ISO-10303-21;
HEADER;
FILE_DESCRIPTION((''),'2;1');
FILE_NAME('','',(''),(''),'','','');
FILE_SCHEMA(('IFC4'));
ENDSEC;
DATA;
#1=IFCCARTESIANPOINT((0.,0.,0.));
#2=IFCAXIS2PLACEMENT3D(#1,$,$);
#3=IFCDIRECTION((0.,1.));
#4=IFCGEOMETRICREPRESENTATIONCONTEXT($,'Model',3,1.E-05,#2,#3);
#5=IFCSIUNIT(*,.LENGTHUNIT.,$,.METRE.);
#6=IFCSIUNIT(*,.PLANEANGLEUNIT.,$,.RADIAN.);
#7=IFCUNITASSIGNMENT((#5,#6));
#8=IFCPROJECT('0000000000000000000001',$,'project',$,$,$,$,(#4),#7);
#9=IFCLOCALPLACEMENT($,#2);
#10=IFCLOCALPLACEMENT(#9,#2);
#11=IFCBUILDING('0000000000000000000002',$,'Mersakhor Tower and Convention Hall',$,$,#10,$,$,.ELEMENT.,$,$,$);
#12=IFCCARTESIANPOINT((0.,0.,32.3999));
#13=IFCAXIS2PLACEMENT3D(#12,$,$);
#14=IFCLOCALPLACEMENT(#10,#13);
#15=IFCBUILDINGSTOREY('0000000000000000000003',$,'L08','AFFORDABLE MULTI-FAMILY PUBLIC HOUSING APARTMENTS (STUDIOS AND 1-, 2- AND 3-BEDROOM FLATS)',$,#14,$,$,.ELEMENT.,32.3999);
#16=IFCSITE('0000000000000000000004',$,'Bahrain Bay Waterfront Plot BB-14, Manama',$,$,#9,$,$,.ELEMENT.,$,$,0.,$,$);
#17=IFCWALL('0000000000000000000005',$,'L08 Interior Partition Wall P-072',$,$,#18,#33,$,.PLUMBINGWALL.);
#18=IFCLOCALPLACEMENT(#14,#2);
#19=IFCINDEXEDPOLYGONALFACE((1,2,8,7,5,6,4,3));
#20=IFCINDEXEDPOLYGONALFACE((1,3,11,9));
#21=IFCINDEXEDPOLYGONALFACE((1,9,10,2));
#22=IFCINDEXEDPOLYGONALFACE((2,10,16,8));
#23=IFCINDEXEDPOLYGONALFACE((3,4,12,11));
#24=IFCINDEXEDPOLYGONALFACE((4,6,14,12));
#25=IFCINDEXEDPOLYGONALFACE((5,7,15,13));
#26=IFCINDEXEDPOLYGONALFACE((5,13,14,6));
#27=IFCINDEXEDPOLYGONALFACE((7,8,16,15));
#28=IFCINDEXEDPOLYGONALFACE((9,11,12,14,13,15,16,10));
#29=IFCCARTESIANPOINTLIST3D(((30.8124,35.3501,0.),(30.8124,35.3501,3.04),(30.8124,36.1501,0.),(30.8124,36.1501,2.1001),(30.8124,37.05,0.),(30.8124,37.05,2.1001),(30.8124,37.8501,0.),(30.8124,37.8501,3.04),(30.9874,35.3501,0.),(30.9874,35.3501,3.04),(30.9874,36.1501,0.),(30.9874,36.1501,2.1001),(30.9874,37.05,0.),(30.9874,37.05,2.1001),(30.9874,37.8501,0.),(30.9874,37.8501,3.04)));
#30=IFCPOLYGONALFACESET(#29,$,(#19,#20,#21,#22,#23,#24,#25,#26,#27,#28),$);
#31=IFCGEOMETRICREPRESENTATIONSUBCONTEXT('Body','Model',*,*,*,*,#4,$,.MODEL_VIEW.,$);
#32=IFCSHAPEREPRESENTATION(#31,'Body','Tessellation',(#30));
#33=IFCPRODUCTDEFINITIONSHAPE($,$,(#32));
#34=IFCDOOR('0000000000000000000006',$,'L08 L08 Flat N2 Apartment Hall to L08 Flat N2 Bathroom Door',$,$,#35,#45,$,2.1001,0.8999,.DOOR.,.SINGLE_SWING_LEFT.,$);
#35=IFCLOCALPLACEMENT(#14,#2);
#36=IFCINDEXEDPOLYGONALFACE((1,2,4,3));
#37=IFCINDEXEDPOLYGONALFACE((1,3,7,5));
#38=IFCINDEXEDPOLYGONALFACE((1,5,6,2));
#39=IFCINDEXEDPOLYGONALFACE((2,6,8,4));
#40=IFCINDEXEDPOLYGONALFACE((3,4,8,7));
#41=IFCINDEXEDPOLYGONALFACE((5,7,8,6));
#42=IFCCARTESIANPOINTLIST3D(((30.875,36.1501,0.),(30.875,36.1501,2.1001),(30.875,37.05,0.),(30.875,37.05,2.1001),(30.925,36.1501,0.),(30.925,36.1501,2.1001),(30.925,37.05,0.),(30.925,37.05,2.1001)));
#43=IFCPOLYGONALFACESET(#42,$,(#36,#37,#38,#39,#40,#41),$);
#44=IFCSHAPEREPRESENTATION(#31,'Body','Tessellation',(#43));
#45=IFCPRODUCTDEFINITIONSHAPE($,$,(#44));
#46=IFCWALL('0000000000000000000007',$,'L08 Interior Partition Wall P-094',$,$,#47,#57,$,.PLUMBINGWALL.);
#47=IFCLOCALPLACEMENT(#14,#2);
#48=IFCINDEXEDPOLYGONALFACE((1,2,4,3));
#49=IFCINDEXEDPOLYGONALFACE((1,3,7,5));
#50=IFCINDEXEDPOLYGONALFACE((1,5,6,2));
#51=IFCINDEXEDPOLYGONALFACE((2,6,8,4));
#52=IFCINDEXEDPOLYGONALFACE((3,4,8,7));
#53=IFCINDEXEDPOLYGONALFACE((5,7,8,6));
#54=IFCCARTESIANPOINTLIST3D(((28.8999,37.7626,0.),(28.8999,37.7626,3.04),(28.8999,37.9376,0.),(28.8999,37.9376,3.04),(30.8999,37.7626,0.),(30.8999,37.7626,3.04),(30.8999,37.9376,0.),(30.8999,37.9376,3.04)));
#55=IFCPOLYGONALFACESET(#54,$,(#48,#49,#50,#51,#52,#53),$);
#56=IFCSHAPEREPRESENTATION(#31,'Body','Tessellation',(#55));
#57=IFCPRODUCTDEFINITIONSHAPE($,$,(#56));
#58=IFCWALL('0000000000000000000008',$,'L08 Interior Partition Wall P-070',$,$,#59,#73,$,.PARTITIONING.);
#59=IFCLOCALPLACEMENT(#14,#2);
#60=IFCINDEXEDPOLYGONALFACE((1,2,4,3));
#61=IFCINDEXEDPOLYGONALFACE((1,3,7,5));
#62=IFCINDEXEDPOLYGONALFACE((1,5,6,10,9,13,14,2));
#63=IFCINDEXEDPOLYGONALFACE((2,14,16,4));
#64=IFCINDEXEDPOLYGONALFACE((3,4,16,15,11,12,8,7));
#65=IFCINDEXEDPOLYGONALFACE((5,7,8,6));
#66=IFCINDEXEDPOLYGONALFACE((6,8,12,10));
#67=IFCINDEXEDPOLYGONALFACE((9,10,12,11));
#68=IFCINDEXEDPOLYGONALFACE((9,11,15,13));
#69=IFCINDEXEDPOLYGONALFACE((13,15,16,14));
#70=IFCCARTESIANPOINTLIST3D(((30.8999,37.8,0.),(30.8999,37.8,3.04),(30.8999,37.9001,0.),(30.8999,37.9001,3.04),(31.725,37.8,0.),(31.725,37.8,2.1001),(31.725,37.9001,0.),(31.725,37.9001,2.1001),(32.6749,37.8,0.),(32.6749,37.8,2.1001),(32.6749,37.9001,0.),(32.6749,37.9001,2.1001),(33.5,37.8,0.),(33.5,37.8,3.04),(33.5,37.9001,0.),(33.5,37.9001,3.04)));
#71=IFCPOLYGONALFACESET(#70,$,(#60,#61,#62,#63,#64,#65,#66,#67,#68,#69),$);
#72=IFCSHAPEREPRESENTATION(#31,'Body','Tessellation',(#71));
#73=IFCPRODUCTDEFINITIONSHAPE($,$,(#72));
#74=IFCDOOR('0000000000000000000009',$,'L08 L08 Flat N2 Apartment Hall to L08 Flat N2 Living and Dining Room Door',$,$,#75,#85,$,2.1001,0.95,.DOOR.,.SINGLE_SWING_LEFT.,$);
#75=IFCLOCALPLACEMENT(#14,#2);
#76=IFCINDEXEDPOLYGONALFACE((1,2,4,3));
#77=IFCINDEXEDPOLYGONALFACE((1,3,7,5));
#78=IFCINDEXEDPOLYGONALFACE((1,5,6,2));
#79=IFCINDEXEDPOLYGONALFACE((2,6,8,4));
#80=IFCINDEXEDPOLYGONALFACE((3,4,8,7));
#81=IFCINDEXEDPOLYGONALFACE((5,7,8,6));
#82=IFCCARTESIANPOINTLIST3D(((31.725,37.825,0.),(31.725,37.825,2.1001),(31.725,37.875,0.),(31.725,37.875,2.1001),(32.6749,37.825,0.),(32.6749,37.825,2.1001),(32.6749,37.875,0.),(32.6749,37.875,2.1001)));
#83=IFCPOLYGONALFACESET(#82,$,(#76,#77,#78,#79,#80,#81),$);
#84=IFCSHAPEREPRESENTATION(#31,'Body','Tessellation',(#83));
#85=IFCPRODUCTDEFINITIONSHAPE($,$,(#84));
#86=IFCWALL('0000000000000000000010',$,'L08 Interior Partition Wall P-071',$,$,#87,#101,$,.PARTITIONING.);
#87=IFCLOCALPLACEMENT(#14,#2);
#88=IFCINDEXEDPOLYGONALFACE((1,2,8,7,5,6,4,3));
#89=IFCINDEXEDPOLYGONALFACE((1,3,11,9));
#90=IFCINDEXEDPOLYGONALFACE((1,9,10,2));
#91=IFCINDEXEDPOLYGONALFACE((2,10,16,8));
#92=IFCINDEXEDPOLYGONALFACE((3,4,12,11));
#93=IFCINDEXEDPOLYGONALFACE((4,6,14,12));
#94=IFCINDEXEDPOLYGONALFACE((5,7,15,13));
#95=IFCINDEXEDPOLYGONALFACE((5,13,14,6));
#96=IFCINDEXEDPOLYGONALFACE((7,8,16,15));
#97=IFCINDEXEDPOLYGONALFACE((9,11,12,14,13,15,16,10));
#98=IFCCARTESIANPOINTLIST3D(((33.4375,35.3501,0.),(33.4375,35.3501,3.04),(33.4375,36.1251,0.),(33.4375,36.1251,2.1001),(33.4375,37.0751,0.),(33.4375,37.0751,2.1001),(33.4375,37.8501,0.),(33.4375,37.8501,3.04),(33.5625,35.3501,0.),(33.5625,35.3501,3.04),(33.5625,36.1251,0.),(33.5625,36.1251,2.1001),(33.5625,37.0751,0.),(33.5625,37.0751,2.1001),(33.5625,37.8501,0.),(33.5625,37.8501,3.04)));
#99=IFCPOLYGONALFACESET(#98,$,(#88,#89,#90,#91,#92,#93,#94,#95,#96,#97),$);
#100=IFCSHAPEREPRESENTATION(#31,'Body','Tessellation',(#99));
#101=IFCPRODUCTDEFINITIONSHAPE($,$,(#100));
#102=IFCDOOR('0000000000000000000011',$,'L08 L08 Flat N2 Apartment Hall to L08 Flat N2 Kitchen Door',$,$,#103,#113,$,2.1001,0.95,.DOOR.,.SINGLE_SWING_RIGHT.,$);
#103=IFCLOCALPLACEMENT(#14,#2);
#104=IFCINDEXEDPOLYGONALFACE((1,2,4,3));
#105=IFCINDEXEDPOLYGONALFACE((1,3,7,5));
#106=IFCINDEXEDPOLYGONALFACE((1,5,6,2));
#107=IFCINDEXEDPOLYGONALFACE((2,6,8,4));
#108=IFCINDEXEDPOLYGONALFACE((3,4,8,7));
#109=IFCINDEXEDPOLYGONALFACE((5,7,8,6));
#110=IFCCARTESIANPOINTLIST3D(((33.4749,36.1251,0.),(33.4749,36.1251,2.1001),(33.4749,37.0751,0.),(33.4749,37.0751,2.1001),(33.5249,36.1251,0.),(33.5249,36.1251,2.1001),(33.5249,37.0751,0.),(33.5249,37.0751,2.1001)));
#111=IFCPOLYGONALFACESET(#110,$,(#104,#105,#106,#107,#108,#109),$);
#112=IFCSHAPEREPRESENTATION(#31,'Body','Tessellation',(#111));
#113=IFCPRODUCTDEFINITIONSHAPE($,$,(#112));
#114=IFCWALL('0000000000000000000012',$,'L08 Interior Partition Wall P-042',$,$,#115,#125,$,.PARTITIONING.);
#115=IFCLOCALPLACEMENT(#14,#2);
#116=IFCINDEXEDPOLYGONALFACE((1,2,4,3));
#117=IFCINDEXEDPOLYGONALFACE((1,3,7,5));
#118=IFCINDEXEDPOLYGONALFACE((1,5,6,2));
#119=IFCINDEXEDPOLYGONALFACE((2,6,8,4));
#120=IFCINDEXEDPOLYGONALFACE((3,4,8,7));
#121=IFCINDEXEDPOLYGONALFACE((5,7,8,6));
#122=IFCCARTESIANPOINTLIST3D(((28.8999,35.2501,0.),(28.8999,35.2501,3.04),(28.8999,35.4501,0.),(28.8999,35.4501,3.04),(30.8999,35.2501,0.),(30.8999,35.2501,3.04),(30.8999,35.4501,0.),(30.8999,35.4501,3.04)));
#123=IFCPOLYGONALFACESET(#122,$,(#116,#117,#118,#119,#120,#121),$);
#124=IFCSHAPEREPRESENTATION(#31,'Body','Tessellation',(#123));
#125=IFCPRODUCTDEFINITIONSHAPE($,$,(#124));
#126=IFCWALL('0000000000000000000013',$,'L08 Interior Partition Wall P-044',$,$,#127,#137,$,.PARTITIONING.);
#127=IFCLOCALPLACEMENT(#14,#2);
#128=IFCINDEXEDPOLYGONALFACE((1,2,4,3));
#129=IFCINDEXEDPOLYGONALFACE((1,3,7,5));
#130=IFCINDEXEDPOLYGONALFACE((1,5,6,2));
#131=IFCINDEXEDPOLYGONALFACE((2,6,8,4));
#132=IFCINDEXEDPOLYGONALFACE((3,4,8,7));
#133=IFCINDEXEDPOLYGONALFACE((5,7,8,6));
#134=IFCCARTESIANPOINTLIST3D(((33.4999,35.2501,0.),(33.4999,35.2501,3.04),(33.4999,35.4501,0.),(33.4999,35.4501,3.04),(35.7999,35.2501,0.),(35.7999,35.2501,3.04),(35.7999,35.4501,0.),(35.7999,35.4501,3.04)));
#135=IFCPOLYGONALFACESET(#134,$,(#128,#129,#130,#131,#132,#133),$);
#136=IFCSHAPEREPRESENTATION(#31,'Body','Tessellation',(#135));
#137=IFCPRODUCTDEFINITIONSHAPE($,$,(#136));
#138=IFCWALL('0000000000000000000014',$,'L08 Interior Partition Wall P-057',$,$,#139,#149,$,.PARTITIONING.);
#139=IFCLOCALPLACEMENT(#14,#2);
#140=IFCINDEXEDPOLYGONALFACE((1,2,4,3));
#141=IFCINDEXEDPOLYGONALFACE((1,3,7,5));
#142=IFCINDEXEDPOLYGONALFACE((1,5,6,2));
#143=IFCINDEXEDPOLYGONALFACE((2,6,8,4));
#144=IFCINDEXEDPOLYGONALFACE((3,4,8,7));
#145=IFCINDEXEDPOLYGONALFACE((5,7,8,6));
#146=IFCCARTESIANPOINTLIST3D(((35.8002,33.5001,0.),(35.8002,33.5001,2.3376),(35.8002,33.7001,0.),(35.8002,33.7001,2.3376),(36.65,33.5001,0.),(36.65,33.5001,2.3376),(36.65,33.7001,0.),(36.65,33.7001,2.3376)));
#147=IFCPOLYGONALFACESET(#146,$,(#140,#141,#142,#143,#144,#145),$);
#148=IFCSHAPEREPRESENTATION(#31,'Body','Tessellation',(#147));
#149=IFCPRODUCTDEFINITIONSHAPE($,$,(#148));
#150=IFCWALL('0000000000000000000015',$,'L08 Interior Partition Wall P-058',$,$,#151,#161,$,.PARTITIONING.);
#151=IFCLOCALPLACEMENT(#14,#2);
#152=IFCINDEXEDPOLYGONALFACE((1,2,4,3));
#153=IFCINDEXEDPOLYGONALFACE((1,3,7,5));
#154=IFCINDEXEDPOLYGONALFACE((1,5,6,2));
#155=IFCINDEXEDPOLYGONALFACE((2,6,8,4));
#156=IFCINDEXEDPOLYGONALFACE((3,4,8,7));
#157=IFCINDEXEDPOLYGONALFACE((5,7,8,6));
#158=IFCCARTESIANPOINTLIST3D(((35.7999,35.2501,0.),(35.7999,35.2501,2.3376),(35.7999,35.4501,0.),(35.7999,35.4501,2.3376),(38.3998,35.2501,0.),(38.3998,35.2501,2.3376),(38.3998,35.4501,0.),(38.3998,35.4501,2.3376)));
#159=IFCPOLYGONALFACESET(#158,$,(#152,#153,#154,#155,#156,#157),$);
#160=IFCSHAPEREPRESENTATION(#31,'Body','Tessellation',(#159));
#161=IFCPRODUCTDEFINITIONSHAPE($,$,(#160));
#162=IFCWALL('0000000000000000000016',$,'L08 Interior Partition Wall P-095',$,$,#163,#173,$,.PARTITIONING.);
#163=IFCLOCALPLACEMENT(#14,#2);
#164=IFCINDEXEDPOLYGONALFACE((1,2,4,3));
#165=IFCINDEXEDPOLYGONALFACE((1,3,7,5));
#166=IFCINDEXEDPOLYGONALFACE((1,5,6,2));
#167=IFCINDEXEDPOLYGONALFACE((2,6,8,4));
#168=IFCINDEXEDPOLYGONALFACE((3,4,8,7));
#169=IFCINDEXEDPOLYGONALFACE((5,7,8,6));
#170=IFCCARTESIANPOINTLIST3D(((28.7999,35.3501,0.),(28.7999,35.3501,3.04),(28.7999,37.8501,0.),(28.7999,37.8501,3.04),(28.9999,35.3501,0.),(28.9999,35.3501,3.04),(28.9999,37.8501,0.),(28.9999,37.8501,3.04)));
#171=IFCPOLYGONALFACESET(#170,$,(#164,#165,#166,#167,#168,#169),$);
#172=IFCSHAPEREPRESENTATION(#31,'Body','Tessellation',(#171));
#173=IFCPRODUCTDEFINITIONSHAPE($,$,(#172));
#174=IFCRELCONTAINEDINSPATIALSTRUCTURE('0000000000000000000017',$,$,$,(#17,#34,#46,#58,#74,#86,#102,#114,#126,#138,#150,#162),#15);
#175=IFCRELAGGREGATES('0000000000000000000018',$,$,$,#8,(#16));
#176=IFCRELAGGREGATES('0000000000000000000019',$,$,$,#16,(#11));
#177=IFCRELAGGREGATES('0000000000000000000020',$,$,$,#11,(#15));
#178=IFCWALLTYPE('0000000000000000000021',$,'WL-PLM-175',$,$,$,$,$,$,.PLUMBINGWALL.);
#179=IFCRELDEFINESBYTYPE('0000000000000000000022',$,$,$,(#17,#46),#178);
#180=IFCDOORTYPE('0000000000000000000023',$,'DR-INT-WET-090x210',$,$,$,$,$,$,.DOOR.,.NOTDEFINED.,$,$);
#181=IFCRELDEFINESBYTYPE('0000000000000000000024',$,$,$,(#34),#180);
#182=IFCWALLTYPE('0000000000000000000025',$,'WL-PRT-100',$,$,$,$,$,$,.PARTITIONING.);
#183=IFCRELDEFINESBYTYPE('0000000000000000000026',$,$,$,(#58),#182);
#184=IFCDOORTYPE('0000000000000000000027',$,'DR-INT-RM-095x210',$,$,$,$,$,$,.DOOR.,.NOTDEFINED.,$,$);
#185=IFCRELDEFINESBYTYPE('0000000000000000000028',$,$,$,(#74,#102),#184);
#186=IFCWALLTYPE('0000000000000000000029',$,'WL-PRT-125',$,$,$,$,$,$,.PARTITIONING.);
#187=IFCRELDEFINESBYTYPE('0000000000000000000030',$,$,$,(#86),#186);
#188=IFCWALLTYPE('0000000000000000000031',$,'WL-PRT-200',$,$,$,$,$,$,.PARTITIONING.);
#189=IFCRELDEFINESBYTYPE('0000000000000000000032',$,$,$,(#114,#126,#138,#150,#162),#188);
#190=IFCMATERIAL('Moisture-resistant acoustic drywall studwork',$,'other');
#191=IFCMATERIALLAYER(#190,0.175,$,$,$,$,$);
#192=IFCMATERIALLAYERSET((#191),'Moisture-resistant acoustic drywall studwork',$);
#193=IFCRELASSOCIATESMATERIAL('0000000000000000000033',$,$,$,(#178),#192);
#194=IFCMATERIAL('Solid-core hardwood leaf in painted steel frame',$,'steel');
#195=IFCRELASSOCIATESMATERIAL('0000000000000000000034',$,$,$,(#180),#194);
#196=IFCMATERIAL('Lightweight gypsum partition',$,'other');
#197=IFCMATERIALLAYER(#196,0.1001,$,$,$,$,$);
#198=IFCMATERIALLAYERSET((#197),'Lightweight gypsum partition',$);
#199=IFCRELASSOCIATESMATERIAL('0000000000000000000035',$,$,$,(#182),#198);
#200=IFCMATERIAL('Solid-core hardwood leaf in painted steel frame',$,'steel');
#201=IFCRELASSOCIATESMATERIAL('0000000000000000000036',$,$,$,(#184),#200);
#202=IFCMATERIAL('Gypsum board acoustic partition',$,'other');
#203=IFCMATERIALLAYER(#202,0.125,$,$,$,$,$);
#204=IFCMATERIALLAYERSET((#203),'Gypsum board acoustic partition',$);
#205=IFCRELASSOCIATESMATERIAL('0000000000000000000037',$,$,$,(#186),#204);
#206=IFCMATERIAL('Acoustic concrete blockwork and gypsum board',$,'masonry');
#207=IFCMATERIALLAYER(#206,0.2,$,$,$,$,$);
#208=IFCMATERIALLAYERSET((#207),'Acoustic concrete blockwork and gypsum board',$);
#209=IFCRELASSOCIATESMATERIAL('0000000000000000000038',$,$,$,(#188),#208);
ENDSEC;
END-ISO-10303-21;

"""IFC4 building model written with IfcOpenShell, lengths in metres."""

from ifc_helpers import new_model, si_unit, direction, frame, frame_2d, origin, place, context, subcontext, project, spatial, rectangle, extrude, material, layer, layer_set, type_object, element, fill, save


model = new_model("IFC4")

# Units and contexts
model_context = context("Model", 3, precision=1e-05, world=origin(), true_north=direction((0.0, 1.0)))
body_context = subcontext(model_context, "Body", "Model", "MODEL_VIEW")
ifc_project = project(units=[si_unit("LENGTHUNIT", "METRE"), si_unit("PLANEANGLEUNIT", "RADIAN")], contexts=[model_context])

# Site, building, storey
site_placement = place(None, origin())
site = spatial("IfcSite", under=ifc_project, at=site_placement, Name="Bahrain Bay Waterfront Plot BB-14, Manama", CompositionType="ELEMENT", RefElevation=0.0)
building_placement = place(site_placement, origin())
building = spatial("IfcBuilding", under=site, at=building_placement, Name="Mersakhor Tower and Convention Hall", CompositionType="ELEMENT")
storey_placement = place(building_placement, frame((0.0, 0.0, 32.3999)))
storey = spatial("IfcBuildingStorey", under=building, at=storey_placement, Name="L08", Description="AFFORDABLE MULTI-FAMILY PUBLIC HOUSING APARTMENTS (STUDIOS AND 1-, 2- AND 3-BEDROOM FLATS)", CompositionType="ELEMENT", Elevation=32.3999)

# Wall, opening, door
ifc_material_1 = material(Name="Moisture-resistant acoustic drywall studwork", Category="other")
ifc_layer_1 = layer(ifc_material_1, 0.175)
ifc_layer_set_1 = layer_set([ifc_layer_1], Name="Moisture-resistant acoustic drywall studwork")
wall_type_1 = type_object("IfcWallType", Name="WL-PLM-175", PredefinedType="PLUMBINGWALL", material=ifc_layer_set_1)
wall_1_placement = place(storey_placement, frame((30.8999, 35.3501, 0.0), z_axis=(0.0, 0.0, 1.0), x_axis=(0.0, 1.0, 0.0)))
wall_1 = element("IfcWall", 1, at=wall_1_placement, inside=storey, type_object=wall_type_1, Name="L08 Interior Partition Wall P-072", PredefinedType="PLUMBINGWALL", context=body_context, shape_type="SweptSolid", body=[
    extrude(rectangle(XDim=2.5, YDim=0.175, at=frame_2d((1.25, 0.0))), origin(), (0.0, 0.0, 1.0), 3.04),
])
opening_1_placement = place(wall_1_placement, frame((0.8, 0.0, 0.0)))
opening_1 = element("IfcOpeningElement", 2, at=opening_1_placement, cuts=wall_1, PredefinedType="OPENING", context=body_context, shape_type="SweptSolid", body=[
    extrude(rectangle(XDim=0.8999, YDim=2.1001, at=frame_2d((0.45, 1.05))), frame((0.0, 0.0974, 0.0), z_axis=(0.0, -1.0, 0.0), x_axis=(1.0, 0.0, 0.0)), (0.0, 0.0, 1.0), 0.1951),
])
ifc_material_2 = material(Name="Solid-core hardwood leaf in painted steel frame", Category="steel")
door_type_1 = type_object("IfcDoorType", Name="DR-INT-WET-090x210", OperationType="NOTDEFINED", PredefinedType="DOOR", material=ifc_material_2)
door_1_placement = place(opening_1_placement, origin())
door_1 = element("IfcDoor", 3, at=door_1_placement, inside=storey, type_object=door_type_1, Name="L08 L08 Flat N2 Apartment Hall to L08 Flat N2 Bathroom Door", OperationType="SINGLE_SWING_LEFT", OverallHeight=2.1001, OverallWidth=0.8999, PredefinedType="DOOR", context=body_context, shape_type="SweptSolid", body=[
    extrude(rectangle(XDim=0.8999, YDim=2.1001, at=frame_2d((0.45, 1.05))), frame((0.0, 0.0249, 0.0), z_axis=(0.0, -1.0, 0.0), x_axis=(1.0, 0.0, 0.0)), (0.0, 0.0, 1.0), 0.05),
])
fill(opening_1, door_1)

# Wall
wall_2_placement = place(storey_placement, frame((28.8999, 37.8501, 0.0), z_axis=(0.0, 0.0, 1.0), x_axis=(1.0, 0.0, 0.0)))
element("IfcWall", 4, at=wall_2_placement, inside=storey, type_object=wall_type_1, Name="L08 Interior Partition Wall P-094", PredefinedType="PLUMBINGWALL", context=body_context, shape_type="SweptSolid", body=[
    extrude(rectangle(XDim=2.0, YDim=0.175, at=frame_2d((1.0, 0.0))), origin(), (0.0, 0.0, 1.0), 3.04),
])

# Walls, openings, doors
ifc_material_3 = material(Name="Lightweight gypsum partition", Category="other")
ifc_layer_2 = layer(ifc_material_3, 0.1001)
ifc_layer_set_2 = layer_set([ifc_layer_2], Name="Lightweight gypsum partition")
wall_type_2 = type_object("IfcWallType", Name="WL-PRT-100", PredefinedType="PARTITIONING", material=ifc_layer_set_2)
wall_3_placement = place(storey_placement, frame((30.8999, 37.8501, 0.0), z_axis=(0.0, 0.0, 1.0), x_axis=(1.0, 0.0, 0.0)))
wall_3 = element("IfcWall", 5, at=wall_3_placement, inside=storey, type_object=wall_type_2, Name="L08 Interior Partition Wall P-070", PredefinedType="PARTITIONING", context=body_context, shape_type="SweptSolid", body=[
    extrude(rectangle(XDim=2.6001, YDim=0.1001, at=frame_2d((1.3, 0.0))), origin(), (0.0, 0.0, 1.0), 3.04),
])
opening_2_placement = place(wall_3_placement, frame((0.825, 0.0, 0.0)))
opening_2 = element("IfcOpeningElement", 6, at=opening_2_placement, cuts=wall_3, PredefinedType="OPENING", context=body_context, shape_type="SweptSolid", body=[
    extrude(rectangle(XDim=0.95, YDim=2.1001, at=frame_2d((0.4751, 1.05))), frame((0.0, 0.0601, 0.0), z_axis=(0.0, -1.0, 0.0), x_axis=(1.0, 0.0, 0.0)), (0.0, 0.0, 1.0), 0.1201),
])
ifc_material_4 = material(Name="Solid-core hardwood leaf in painted steel frame", Category="steel")
door_type_2 = type_object("IfcDoorType", Name="DR-INT-RM-095x210", OperationType="NOTDEFINED", PredefinedType="DOOR", material=ifc_material_4)
door_2_placement = place(opening_2_placement, origin())
door_2 = element("IfcDoor", 7, at=door_2_placement, inside=storey, type_object=door_type_2, Name="L08 L08 Flat N2 Apartment Hall to L08 Flat N2 Living and Dining Room Door", OperationType="SINGLE_SWING_LEFT", OverallHeight=2.1001, OverallWidth=0.95, PredefinedType="DOOR", context=body_context, shape_type="SweptSolid", body=[
    extrude(rectangle(XDim=0.95, YDim=2.1001, at=frame_2d((0.4751, 1.05))), frame((0.0, 0.0249, 0.0), z_axis=(0.0, -1.0, 0.0), x_axis=(1.0, 0.0, 0.0)), (0.0, 0.0, 1.0), 0.05),
])
fill(opening_2, door_2)
ifc_material_5 = material(Name="Gypsum board acoustic partition", Category="other")
ifc_layer_3 = layer(ifc_material_5, 0.125)
ifc_layer_set_3 = layer_set([ifc_layer_3], Name="Gypsum board acoustic partition")
wall_type_3 = type_object("IfcWallType", Name="WL-PRT-125", PredefinedType="PARTITIONING", material=ifc_layer_set_3)
wall_4_placement = place(storey_placement, frame((33.5, 37.8501, 0.0), z_axis=(0.0, 0.0, 1.0), x_axis=(0.0, -1.0, 0.0)))
wall_4 = element("IfcWall", 8, at=wall_4_placement, inside=storey, type_object=wall_type_3, Name="L08 Interior Partition Wall P-071", PredefinedType="PARTITIONING", context=body_context, shape_type="SweptSolid", body=[
    extrude(rectangle(XDim=2.5, YDim=0.125, at=frame_2d((1.25, 0.0))), origin(), (0.0, 0.0, 1.0), 3.04),
])
opening_3_placement = place(wall_4_placement, frame((0.7749, 0.0, 0.0)))
opening_3 = element("IfcOpeningElement", 9, at=opening_3_placement, cuts=wall_4, PredefinedType="OPENING", context=body_context, shape_type="SweptSolid", body=[
    extrude(rectangle(XDim=0.95, YDim=2.1001, at=frame_2d((0.4751, 1.05))), frame((0.0, 0.0725, 0.0), z_axis=(0.0, -1.0, 0.0), x_axis=(1.0, 0.0, 0.0)), (0.0, 0.0, 1.0), 0.145),
])
door_3_placement = place(opening_3_placement, origin())
door_3 = element("IfcDoor", 10, at=door_3_placement, inside=storey, type_object=door_type_2, Name="L08 L08 Flat N2 Apartment Hall to L08 Flat N2 Kitchen Door", OperationType="SINGLE_SWING_RIGHT", OverallHeight=2.1001, OverallWidth=0.95, PredefinedType="DOOR", context=body_context, shape_type="SweptSolid", body=[
    extrude(rectangle(XDim=0.95, YDim=2.1001, at=frame_2d((0.4751, 1.05))), frame((0.0, 0.0249, 0.0), z_axis=(0.0, -1.0, 0.0), x_axis=(1.0, 0.0, 0.0)), (0.0, 0.0, 1.0), 0.05),
])
fill(opening_3, door_3)

# Wall
ifc_material_6 = material(Name="Acoustic concrete blockwork and gypsum board", Category="masonry")
ifc_layer_4 = layer(ifc_material_6, 0.2)
ifc_layer_set_4 = layer_set([ifc_layer_4], Name="Acoustic concrete blockwork and gypsum board")
wall_type_4 = type_object("IfcWallType", Name="WL-PRT-200", PredefinedType="PARTITIONING", material=ifc_layer_set_4)
wall_5_placement = place(storey_placement, frame((28.8999, 35.3501, 0.0), z_axis=(0.0, 0.0, 1.0), x_axis=(1.0, 0.0, 0.0)))
element("IfcWall", 11, at=wall_5_placement, inside=storey, type_object=wall_type_4, Name="L08 Interior Partition Wall P-042", PredefinedType="PARTITIONING", context=body_context, shape_type="SweptSolid", body=[
    extrude(rectangle(XDim=2.0, YDim=0.2, at=frame_2d((1.0, 0.0))), origin(), (0.0, 0.0, 1.0), 3.04),
])

# Wall
wall_6_placement = place(storey_placement, frame((33.5, 35.3501, 0.0), z_axis=(0.0, 0.0, 1.0), x_axis=(1.0, 0.0, 0.0)))
element("IfcWall", 12, at=wall_6_placement, inside=storey, type_object=wall_type_4, Name="L08 Interior Partition Wall P-044", PredefinedType="PARTITIONING", context=body_context, shape_type="SweptSolid", body=[
    extrude(rectangle(XDim=2.3, YDim=0.2, at=frame_2d((1.1499, 0.0))), origin(), (0.0, 0.0, 1.0), 3.04),
])

# Walls
wall_7_placement = place(storey_placement, frame((36.6499, 33.6001, 0.0), z_axis=(0.0, 0.0, 1.0), x_axis=(-1.0, 0.0, 0.0)))
element("IfcWall", 13, at=wall_7_placement, inside=storey, type_object=wall_type_4, Name="L08 Interior Partition Wall P-057", PredefinedType="PARTITIONING", context=body_context, shape_type="SweptSolid", body=[
    extrude(rectangle(XDim=0.8499, YDim=0.2, at=frame_2d((0.4248, 0.0))), origin(), (0.0, 0.0, 1.0), 2.3376),
])
wall_8_placement = place(storey_placement, frame((35.8, 35.3501, 0.0), z_axis=(0.0, 0.0, 1.0), x_axis=(1.0, 0.0, 0.0)))
element("IfcWall", 14, at=wall_8_placement, inside=storey, type_object=wall_type_4, Name="L08 Interior Partition Wall P-058", PredefinedType="PARTITIONING", context=body_context, shape_type="SweptSolid", body=[
    extrude(rectangle(XDim=2.5999, YDim=0.2, at=frame_2d((1.2998, 0.0))), origin(), (0.0, 0.0, 1.0), 2.3376),
])
wall_9_placement = place(storey_placement, frame((28.8999, 35.3501, 0.0), z_axis=(0.0, 0.0, 1.0), x_axis=(0.0, 1.0, 0.0)))
element("IfcWall", 15, at=wall_9_placement, inside=storey, type_object=wall_type_4, Name="L08 Interior Partition Wall P-095", PredefinedType="PARTITIONING", context=body_context, shape_type="SweptSolid", body=[
    extrude(rectangle(XDim=2.5, YDim=0.2, at=frame_2d((1.25, 0.0))), origin(), (0.0, 0.0, 1.0), 3.04),
])

save(model, "model.ifc")
